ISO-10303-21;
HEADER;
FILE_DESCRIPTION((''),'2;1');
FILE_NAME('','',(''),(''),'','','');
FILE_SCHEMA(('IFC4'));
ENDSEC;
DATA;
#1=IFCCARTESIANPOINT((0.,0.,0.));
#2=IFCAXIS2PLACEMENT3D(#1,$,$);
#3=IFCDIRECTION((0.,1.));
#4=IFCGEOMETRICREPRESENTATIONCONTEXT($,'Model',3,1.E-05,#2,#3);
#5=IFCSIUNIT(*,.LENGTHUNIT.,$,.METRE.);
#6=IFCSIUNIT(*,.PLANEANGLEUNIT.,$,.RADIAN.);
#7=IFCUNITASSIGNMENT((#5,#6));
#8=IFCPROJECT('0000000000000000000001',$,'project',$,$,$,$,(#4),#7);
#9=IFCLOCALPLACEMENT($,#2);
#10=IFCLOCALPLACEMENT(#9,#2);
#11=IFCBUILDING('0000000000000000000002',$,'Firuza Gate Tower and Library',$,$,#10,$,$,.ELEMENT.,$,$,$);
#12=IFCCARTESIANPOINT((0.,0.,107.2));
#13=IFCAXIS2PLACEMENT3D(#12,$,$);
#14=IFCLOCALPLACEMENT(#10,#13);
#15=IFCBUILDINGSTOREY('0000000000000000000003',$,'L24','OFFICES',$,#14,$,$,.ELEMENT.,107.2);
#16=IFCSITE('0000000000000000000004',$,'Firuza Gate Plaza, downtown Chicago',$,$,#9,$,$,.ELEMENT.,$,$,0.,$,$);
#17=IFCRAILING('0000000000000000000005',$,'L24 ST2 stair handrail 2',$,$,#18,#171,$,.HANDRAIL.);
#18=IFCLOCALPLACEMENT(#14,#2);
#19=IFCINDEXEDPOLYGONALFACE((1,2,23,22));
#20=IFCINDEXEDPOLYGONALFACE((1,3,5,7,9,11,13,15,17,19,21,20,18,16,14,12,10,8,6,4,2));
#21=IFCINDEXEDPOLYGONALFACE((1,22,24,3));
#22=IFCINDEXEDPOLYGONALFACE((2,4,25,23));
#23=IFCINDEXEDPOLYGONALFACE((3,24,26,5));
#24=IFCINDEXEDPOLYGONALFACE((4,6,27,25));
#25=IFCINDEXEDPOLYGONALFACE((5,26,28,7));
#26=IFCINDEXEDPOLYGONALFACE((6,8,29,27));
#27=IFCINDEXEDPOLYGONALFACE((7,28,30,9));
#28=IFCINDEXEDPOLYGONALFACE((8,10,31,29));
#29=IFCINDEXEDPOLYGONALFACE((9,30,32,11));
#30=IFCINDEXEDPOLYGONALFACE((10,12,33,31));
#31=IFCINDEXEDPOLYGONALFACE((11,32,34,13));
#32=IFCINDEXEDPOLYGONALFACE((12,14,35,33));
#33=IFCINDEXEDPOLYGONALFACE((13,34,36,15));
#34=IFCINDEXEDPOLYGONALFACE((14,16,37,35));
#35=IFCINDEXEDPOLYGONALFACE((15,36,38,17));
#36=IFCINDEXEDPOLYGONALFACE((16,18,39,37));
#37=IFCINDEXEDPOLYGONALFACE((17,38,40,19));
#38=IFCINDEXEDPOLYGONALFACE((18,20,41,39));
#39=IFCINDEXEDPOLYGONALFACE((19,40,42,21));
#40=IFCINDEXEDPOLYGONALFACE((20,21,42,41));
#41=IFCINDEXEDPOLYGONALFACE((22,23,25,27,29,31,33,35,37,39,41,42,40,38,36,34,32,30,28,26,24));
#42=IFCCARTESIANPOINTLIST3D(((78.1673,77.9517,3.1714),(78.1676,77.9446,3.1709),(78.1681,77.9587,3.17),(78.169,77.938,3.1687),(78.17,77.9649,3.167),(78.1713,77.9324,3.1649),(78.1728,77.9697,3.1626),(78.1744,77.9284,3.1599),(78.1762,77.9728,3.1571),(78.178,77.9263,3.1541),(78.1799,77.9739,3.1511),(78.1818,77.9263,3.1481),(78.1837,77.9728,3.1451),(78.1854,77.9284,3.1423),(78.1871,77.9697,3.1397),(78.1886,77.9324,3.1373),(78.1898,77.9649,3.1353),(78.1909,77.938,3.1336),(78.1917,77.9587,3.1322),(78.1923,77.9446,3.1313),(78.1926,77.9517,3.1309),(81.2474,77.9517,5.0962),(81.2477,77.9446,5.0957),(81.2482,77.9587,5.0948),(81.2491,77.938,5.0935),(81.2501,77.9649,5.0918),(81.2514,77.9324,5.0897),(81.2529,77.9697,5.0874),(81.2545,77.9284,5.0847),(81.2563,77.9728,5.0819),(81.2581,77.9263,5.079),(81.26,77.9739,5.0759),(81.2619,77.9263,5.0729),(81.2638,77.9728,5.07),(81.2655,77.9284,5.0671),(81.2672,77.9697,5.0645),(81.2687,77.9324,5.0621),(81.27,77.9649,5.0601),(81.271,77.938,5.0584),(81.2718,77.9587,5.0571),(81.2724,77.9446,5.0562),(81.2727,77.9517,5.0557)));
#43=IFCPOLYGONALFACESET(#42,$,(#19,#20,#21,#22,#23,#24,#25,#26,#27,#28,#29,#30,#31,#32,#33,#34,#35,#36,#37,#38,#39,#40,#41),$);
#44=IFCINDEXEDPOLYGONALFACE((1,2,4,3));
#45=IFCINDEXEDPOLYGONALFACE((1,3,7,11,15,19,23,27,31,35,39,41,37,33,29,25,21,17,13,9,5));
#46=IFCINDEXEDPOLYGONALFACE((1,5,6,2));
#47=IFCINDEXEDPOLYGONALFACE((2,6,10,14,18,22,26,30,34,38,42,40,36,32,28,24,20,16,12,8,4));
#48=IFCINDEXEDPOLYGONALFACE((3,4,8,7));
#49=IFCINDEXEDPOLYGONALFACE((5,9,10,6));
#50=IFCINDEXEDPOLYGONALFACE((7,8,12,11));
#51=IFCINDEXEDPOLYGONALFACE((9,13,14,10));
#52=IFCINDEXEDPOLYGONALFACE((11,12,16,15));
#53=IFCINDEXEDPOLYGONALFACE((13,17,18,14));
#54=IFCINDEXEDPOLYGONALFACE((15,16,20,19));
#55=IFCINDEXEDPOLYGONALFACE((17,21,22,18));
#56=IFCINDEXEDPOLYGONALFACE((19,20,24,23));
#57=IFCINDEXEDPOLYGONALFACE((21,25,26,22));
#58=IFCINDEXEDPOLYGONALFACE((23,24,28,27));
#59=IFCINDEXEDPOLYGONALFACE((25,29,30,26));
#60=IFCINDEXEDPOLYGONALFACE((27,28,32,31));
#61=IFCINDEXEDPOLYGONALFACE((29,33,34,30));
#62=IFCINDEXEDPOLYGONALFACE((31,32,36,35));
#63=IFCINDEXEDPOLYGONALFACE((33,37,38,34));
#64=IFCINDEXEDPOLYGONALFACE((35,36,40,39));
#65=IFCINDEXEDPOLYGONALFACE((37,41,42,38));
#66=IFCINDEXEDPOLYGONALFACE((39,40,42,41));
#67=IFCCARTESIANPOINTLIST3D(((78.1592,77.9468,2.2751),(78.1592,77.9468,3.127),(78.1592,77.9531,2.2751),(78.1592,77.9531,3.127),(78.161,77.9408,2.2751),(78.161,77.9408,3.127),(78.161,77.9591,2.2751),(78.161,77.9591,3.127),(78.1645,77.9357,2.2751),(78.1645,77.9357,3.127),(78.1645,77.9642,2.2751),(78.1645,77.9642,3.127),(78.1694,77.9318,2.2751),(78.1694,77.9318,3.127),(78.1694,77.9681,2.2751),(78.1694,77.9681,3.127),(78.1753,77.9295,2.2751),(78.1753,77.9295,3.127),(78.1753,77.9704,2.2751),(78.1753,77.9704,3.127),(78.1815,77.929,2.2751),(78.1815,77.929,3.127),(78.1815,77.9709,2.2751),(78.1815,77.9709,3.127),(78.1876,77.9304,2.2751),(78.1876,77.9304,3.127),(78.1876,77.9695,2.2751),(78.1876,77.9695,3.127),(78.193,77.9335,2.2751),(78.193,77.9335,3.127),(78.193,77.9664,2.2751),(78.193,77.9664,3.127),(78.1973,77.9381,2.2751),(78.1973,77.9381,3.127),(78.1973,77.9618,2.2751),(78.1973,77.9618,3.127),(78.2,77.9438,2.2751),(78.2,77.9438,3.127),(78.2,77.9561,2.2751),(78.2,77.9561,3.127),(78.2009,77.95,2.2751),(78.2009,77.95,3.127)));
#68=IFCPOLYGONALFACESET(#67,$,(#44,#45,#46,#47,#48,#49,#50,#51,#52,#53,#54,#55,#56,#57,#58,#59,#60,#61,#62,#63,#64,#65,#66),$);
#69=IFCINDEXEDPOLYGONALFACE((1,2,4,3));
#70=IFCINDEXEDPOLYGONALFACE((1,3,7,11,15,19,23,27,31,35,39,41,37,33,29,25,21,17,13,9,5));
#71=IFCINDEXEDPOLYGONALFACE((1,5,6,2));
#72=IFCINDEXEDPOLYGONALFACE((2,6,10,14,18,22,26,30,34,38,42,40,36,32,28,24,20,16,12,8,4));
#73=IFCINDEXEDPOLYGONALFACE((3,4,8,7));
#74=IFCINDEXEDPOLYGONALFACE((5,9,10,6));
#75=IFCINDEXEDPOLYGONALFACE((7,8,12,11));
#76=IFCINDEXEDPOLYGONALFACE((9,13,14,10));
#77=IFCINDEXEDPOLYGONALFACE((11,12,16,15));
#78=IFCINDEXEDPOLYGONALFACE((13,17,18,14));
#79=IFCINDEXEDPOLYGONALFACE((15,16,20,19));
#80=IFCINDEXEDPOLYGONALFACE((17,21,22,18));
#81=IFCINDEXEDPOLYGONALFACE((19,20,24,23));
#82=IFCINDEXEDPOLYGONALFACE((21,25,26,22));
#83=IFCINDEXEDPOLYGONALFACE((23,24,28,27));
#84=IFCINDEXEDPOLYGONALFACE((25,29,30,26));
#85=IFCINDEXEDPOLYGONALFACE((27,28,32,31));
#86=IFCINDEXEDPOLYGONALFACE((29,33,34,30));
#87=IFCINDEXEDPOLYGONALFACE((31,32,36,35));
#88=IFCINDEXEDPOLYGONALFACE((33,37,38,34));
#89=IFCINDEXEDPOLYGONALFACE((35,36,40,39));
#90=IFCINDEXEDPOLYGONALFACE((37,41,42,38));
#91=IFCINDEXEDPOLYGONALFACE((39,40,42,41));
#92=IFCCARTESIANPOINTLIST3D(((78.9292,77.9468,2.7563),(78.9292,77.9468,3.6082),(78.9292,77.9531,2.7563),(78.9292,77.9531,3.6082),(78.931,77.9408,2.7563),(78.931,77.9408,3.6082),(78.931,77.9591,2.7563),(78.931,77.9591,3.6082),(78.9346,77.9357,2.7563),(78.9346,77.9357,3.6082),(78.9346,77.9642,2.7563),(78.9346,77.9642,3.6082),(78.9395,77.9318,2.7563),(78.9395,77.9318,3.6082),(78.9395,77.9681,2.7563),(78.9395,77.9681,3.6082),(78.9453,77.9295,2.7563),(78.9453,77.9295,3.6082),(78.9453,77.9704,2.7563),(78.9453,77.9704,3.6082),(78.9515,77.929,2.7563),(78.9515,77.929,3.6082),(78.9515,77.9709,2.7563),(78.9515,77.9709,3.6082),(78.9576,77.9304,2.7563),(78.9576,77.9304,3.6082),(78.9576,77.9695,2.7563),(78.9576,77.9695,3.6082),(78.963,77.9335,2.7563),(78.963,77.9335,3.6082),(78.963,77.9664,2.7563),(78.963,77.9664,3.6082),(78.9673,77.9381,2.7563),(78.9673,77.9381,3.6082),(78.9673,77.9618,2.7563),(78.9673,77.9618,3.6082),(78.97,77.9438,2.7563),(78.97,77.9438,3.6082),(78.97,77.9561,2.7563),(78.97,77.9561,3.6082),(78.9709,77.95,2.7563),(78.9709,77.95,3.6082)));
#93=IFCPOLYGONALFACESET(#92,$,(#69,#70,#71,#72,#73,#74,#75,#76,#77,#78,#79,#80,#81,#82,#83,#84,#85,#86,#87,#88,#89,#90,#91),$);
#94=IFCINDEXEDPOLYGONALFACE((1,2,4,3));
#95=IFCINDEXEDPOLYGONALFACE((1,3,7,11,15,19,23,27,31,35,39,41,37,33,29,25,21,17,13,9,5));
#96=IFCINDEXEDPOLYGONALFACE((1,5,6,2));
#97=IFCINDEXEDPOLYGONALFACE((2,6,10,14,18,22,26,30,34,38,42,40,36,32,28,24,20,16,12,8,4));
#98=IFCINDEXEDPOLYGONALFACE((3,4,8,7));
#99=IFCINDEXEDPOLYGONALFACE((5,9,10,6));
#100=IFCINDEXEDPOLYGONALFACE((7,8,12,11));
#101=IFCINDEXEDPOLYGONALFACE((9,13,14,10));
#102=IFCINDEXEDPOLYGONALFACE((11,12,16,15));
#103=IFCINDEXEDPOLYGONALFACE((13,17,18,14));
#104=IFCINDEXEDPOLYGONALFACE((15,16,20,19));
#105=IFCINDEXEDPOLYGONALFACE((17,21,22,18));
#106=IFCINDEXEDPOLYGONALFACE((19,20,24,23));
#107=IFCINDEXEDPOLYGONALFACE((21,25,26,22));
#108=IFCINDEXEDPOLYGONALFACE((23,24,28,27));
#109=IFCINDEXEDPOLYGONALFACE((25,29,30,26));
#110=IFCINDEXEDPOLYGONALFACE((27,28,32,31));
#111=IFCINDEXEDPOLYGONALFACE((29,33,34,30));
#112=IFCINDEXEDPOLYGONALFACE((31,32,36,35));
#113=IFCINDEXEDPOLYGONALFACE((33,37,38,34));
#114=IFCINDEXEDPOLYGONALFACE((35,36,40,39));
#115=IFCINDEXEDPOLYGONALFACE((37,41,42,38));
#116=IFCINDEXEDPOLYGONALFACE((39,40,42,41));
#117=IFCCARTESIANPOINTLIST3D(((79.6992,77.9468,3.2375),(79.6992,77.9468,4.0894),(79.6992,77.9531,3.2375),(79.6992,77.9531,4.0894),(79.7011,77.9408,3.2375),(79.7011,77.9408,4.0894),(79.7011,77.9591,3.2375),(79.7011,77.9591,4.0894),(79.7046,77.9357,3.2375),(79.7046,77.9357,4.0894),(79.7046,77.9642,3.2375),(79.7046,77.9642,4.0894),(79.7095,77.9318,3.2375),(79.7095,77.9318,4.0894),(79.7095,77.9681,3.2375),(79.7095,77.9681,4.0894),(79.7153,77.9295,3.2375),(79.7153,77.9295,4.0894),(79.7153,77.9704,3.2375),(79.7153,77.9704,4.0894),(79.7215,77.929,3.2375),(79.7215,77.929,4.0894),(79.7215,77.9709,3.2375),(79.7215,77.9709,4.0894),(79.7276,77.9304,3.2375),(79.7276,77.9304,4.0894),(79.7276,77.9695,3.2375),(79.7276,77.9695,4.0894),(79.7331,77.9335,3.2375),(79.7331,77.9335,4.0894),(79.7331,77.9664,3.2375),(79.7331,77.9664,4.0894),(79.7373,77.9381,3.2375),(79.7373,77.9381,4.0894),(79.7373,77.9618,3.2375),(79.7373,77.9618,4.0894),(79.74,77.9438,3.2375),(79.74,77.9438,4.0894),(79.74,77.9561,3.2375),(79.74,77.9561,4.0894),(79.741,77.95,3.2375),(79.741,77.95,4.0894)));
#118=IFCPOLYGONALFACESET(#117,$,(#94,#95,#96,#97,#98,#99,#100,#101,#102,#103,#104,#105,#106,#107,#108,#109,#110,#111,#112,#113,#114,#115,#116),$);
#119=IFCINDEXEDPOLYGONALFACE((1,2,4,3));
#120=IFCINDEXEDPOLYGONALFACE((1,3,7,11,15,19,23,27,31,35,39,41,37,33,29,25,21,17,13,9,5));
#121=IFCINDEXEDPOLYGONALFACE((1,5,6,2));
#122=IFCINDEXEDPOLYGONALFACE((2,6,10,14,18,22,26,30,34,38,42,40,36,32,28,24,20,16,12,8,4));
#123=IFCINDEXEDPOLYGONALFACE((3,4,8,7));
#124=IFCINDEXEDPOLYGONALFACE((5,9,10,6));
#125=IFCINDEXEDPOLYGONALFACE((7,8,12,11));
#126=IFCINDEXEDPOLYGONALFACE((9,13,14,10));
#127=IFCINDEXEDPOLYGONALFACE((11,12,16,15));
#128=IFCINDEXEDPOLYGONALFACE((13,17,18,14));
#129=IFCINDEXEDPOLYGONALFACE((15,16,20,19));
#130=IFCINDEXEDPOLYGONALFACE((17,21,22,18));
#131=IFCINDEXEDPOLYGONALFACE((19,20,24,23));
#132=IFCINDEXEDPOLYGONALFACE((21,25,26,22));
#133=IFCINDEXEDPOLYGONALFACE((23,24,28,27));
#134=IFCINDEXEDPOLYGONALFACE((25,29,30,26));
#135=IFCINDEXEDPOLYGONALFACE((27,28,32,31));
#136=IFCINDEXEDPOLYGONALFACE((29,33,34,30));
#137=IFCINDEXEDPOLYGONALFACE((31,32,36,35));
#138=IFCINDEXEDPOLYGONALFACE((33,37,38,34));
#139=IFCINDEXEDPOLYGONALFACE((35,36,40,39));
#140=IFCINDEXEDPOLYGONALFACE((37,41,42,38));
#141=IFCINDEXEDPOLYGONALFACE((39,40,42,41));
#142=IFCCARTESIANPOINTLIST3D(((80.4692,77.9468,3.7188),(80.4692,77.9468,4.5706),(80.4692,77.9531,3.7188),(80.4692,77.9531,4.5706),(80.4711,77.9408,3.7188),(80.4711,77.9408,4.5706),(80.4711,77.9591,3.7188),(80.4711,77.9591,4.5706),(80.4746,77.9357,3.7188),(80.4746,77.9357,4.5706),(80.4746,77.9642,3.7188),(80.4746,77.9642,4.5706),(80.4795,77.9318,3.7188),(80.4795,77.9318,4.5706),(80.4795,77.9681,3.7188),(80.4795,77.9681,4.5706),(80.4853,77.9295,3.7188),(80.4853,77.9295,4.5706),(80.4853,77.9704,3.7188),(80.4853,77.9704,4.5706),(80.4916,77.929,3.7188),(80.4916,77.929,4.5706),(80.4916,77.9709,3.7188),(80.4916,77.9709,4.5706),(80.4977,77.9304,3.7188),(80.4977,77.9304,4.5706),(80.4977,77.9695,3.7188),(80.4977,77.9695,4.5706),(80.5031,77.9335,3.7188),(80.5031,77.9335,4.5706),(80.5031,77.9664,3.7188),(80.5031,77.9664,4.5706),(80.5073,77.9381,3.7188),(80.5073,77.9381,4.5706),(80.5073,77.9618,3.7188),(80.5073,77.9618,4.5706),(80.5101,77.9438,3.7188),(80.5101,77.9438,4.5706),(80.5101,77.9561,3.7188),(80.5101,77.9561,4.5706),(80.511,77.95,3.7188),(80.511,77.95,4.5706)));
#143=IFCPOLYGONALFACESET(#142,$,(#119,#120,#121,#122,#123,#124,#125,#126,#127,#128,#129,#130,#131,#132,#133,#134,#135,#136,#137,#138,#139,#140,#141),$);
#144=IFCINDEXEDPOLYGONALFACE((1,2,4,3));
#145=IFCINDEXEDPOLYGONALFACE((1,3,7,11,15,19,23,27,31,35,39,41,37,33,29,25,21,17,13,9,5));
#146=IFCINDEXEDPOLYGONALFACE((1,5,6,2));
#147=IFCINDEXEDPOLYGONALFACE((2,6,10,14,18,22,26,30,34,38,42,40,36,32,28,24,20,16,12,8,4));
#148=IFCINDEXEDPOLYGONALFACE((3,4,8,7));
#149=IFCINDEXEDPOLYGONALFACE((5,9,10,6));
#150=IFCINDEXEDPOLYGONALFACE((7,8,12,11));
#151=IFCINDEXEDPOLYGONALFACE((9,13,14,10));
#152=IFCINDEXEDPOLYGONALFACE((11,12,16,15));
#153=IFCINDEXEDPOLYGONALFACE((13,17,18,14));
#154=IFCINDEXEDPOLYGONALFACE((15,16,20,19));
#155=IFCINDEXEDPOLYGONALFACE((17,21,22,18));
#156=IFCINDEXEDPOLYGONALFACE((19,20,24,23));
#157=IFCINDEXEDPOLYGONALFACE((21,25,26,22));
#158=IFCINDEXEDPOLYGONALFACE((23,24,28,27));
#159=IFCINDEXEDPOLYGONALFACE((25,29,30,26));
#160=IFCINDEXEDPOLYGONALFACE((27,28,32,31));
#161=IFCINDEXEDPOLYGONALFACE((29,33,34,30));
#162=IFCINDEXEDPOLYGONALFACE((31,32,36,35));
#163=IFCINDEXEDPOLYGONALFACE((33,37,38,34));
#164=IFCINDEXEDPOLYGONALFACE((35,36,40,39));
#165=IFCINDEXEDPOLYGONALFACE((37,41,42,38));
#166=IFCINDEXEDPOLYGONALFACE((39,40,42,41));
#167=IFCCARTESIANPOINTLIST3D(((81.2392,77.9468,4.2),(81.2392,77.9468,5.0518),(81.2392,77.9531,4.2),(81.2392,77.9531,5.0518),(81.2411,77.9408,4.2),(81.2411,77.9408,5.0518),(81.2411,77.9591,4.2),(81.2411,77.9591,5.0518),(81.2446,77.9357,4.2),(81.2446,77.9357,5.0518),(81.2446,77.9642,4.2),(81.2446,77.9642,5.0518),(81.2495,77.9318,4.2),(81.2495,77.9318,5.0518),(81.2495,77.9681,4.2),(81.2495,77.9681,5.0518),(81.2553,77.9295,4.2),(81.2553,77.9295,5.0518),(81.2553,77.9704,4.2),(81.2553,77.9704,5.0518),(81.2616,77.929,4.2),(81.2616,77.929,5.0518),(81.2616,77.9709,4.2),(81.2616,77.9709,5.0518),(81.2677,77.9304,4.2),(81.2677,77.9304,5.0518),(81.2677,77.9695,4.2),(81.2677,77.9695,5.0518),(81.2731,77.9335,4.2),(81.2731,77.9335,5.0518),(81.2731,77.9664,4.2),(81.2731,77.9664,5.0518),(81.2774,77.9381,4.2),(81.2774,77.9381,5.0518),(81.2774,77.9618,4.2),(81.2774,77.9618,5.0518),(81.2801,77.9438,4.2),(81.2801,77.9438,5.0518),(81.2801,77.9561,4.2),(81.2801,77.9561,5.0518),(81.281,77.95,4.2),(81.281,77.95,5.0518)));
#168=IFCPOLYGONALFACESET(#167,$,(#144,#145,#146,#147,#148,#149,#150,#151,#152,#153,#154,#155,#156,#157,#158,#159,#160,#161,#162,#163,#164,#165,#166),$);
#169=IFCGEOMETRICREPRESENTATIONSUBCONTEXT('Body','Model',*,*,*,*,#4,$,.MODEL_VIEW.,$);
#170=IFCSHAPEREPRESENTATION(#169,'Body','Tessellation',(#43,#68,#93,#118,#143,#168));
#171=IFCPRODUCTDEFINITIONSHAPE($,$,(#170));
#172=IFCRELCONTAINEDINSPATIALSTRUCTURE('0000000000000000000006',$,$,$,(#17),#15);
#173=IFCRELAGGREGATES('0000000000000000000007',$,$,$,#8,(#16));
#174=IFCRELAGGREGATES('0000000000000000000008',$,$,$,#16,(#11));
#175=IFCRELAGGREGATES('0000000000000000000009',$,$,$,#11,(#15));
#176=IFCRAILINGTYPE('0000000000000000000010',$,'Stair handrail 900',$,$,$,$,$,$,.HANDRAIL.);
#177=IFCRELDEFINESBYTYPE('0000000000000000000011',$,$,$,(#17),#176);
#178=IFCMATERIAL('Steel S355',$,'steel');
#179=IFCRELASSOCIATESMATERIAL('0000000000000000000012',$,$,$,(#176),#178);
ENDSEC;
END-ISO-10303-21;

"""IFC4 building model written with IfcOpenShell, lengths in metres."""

from ifc_helpers import new_model, si_unit, direction, frame, origin, origin_2d, place, context, subcontext, project, spatial, circle, extrude, material, type_object, element, save


model = new_model("IFC4")

# Units and contexts
model_context = context("Model", 3, precision=1e-05, world=origin(), true_north=direction((0.0, 1.0)))
body_context = subcontext(model_context, "Body", "Model", "MODEL_VIEW")
ifc_project = project(units=[si_unit("LENGTHUNIT", "METRE"), si_unit("PLANEANGLEUNIT", "RADIAN")], contexts=[model_context])

# Site, building, storey
site_placement = place(None, origin())
site = spatial("IfcSite", under=ifc_project, at=site_placement, Name="Firuza Gate Plaza, downtown Chicago", CompositionType="ELEMENT", RefElevation=0.0)
building_placement = place(site_placement, origin())
building = spatial("IfcBuilding", under=site, at=building_placement, Name="Firuza Gate Tower and Library", CompositionType="ELEMENT")
storey_placement = place(building_placement, frame((0.0, 0.0, 107.2)))
storey = spatial("IfcBuildingStorey", under=building, at=storey_placement, Name="L24", Description="OFFICES", CompositionType="ELEMENT", Elevation=107.2)

# Railing
ifc_material_1 = material(Name="Steel S355", Category="steel")
railing_type = type_object("IfcRailingType", Name="Stair handrail 900", PredefinedType="HANDRAIL", material=ifc_material_1)
railing_placement = place(storey_placement, frame((78.1799, 77.95, 2.2751)))
element("IfcRailing", 1, at=railing_placement, inside=storey, type_object=railing_type, Name="L24 ST2 stair handrail 2", PredefinedType="HANDRAIL", context=body_context, shape_type="SweptSolid", body=[
    extrude(circle(Radius=0.0239, at=origin_2d()), frame((0.0, 0.0, 0.876), z_axis=(0.848029, 0.0, 0.529951), x_axis=(0.0, 1.0, 0.0)), (0.0, 0.0, 1.0), 3.6321),
    extrude(circle(Radius=0.021, at=origin_2d()), origin(), (0.0, 0.0, 1.0), 0.8518),
    extrude(circle(Radius=0.021, at=origin_2d()), frame((0.77, 0.0, 0.4812)), (0.0, 0.0, 1.0), 0.8518),
    extrude(circle(Radius=0.021, at=origin_2d()), frame((1.54, 0.0, 0.9624)), (0.0, 0.0, 1.0), 0.8518),
    extrude(circle(Radius=0.021, at=origin_2d()), frame((2.3101, 0.0, 1.4436)), (0.0, 0.0, 1.0), 0.8518),
    extrude(circle(Radius=0.021, at=origin_2d()), frame((3.0801, 0.0, 1.9248)), (0.0, 0.0, 1.0), 0.8518),
])

save(model, "model.ifc")
